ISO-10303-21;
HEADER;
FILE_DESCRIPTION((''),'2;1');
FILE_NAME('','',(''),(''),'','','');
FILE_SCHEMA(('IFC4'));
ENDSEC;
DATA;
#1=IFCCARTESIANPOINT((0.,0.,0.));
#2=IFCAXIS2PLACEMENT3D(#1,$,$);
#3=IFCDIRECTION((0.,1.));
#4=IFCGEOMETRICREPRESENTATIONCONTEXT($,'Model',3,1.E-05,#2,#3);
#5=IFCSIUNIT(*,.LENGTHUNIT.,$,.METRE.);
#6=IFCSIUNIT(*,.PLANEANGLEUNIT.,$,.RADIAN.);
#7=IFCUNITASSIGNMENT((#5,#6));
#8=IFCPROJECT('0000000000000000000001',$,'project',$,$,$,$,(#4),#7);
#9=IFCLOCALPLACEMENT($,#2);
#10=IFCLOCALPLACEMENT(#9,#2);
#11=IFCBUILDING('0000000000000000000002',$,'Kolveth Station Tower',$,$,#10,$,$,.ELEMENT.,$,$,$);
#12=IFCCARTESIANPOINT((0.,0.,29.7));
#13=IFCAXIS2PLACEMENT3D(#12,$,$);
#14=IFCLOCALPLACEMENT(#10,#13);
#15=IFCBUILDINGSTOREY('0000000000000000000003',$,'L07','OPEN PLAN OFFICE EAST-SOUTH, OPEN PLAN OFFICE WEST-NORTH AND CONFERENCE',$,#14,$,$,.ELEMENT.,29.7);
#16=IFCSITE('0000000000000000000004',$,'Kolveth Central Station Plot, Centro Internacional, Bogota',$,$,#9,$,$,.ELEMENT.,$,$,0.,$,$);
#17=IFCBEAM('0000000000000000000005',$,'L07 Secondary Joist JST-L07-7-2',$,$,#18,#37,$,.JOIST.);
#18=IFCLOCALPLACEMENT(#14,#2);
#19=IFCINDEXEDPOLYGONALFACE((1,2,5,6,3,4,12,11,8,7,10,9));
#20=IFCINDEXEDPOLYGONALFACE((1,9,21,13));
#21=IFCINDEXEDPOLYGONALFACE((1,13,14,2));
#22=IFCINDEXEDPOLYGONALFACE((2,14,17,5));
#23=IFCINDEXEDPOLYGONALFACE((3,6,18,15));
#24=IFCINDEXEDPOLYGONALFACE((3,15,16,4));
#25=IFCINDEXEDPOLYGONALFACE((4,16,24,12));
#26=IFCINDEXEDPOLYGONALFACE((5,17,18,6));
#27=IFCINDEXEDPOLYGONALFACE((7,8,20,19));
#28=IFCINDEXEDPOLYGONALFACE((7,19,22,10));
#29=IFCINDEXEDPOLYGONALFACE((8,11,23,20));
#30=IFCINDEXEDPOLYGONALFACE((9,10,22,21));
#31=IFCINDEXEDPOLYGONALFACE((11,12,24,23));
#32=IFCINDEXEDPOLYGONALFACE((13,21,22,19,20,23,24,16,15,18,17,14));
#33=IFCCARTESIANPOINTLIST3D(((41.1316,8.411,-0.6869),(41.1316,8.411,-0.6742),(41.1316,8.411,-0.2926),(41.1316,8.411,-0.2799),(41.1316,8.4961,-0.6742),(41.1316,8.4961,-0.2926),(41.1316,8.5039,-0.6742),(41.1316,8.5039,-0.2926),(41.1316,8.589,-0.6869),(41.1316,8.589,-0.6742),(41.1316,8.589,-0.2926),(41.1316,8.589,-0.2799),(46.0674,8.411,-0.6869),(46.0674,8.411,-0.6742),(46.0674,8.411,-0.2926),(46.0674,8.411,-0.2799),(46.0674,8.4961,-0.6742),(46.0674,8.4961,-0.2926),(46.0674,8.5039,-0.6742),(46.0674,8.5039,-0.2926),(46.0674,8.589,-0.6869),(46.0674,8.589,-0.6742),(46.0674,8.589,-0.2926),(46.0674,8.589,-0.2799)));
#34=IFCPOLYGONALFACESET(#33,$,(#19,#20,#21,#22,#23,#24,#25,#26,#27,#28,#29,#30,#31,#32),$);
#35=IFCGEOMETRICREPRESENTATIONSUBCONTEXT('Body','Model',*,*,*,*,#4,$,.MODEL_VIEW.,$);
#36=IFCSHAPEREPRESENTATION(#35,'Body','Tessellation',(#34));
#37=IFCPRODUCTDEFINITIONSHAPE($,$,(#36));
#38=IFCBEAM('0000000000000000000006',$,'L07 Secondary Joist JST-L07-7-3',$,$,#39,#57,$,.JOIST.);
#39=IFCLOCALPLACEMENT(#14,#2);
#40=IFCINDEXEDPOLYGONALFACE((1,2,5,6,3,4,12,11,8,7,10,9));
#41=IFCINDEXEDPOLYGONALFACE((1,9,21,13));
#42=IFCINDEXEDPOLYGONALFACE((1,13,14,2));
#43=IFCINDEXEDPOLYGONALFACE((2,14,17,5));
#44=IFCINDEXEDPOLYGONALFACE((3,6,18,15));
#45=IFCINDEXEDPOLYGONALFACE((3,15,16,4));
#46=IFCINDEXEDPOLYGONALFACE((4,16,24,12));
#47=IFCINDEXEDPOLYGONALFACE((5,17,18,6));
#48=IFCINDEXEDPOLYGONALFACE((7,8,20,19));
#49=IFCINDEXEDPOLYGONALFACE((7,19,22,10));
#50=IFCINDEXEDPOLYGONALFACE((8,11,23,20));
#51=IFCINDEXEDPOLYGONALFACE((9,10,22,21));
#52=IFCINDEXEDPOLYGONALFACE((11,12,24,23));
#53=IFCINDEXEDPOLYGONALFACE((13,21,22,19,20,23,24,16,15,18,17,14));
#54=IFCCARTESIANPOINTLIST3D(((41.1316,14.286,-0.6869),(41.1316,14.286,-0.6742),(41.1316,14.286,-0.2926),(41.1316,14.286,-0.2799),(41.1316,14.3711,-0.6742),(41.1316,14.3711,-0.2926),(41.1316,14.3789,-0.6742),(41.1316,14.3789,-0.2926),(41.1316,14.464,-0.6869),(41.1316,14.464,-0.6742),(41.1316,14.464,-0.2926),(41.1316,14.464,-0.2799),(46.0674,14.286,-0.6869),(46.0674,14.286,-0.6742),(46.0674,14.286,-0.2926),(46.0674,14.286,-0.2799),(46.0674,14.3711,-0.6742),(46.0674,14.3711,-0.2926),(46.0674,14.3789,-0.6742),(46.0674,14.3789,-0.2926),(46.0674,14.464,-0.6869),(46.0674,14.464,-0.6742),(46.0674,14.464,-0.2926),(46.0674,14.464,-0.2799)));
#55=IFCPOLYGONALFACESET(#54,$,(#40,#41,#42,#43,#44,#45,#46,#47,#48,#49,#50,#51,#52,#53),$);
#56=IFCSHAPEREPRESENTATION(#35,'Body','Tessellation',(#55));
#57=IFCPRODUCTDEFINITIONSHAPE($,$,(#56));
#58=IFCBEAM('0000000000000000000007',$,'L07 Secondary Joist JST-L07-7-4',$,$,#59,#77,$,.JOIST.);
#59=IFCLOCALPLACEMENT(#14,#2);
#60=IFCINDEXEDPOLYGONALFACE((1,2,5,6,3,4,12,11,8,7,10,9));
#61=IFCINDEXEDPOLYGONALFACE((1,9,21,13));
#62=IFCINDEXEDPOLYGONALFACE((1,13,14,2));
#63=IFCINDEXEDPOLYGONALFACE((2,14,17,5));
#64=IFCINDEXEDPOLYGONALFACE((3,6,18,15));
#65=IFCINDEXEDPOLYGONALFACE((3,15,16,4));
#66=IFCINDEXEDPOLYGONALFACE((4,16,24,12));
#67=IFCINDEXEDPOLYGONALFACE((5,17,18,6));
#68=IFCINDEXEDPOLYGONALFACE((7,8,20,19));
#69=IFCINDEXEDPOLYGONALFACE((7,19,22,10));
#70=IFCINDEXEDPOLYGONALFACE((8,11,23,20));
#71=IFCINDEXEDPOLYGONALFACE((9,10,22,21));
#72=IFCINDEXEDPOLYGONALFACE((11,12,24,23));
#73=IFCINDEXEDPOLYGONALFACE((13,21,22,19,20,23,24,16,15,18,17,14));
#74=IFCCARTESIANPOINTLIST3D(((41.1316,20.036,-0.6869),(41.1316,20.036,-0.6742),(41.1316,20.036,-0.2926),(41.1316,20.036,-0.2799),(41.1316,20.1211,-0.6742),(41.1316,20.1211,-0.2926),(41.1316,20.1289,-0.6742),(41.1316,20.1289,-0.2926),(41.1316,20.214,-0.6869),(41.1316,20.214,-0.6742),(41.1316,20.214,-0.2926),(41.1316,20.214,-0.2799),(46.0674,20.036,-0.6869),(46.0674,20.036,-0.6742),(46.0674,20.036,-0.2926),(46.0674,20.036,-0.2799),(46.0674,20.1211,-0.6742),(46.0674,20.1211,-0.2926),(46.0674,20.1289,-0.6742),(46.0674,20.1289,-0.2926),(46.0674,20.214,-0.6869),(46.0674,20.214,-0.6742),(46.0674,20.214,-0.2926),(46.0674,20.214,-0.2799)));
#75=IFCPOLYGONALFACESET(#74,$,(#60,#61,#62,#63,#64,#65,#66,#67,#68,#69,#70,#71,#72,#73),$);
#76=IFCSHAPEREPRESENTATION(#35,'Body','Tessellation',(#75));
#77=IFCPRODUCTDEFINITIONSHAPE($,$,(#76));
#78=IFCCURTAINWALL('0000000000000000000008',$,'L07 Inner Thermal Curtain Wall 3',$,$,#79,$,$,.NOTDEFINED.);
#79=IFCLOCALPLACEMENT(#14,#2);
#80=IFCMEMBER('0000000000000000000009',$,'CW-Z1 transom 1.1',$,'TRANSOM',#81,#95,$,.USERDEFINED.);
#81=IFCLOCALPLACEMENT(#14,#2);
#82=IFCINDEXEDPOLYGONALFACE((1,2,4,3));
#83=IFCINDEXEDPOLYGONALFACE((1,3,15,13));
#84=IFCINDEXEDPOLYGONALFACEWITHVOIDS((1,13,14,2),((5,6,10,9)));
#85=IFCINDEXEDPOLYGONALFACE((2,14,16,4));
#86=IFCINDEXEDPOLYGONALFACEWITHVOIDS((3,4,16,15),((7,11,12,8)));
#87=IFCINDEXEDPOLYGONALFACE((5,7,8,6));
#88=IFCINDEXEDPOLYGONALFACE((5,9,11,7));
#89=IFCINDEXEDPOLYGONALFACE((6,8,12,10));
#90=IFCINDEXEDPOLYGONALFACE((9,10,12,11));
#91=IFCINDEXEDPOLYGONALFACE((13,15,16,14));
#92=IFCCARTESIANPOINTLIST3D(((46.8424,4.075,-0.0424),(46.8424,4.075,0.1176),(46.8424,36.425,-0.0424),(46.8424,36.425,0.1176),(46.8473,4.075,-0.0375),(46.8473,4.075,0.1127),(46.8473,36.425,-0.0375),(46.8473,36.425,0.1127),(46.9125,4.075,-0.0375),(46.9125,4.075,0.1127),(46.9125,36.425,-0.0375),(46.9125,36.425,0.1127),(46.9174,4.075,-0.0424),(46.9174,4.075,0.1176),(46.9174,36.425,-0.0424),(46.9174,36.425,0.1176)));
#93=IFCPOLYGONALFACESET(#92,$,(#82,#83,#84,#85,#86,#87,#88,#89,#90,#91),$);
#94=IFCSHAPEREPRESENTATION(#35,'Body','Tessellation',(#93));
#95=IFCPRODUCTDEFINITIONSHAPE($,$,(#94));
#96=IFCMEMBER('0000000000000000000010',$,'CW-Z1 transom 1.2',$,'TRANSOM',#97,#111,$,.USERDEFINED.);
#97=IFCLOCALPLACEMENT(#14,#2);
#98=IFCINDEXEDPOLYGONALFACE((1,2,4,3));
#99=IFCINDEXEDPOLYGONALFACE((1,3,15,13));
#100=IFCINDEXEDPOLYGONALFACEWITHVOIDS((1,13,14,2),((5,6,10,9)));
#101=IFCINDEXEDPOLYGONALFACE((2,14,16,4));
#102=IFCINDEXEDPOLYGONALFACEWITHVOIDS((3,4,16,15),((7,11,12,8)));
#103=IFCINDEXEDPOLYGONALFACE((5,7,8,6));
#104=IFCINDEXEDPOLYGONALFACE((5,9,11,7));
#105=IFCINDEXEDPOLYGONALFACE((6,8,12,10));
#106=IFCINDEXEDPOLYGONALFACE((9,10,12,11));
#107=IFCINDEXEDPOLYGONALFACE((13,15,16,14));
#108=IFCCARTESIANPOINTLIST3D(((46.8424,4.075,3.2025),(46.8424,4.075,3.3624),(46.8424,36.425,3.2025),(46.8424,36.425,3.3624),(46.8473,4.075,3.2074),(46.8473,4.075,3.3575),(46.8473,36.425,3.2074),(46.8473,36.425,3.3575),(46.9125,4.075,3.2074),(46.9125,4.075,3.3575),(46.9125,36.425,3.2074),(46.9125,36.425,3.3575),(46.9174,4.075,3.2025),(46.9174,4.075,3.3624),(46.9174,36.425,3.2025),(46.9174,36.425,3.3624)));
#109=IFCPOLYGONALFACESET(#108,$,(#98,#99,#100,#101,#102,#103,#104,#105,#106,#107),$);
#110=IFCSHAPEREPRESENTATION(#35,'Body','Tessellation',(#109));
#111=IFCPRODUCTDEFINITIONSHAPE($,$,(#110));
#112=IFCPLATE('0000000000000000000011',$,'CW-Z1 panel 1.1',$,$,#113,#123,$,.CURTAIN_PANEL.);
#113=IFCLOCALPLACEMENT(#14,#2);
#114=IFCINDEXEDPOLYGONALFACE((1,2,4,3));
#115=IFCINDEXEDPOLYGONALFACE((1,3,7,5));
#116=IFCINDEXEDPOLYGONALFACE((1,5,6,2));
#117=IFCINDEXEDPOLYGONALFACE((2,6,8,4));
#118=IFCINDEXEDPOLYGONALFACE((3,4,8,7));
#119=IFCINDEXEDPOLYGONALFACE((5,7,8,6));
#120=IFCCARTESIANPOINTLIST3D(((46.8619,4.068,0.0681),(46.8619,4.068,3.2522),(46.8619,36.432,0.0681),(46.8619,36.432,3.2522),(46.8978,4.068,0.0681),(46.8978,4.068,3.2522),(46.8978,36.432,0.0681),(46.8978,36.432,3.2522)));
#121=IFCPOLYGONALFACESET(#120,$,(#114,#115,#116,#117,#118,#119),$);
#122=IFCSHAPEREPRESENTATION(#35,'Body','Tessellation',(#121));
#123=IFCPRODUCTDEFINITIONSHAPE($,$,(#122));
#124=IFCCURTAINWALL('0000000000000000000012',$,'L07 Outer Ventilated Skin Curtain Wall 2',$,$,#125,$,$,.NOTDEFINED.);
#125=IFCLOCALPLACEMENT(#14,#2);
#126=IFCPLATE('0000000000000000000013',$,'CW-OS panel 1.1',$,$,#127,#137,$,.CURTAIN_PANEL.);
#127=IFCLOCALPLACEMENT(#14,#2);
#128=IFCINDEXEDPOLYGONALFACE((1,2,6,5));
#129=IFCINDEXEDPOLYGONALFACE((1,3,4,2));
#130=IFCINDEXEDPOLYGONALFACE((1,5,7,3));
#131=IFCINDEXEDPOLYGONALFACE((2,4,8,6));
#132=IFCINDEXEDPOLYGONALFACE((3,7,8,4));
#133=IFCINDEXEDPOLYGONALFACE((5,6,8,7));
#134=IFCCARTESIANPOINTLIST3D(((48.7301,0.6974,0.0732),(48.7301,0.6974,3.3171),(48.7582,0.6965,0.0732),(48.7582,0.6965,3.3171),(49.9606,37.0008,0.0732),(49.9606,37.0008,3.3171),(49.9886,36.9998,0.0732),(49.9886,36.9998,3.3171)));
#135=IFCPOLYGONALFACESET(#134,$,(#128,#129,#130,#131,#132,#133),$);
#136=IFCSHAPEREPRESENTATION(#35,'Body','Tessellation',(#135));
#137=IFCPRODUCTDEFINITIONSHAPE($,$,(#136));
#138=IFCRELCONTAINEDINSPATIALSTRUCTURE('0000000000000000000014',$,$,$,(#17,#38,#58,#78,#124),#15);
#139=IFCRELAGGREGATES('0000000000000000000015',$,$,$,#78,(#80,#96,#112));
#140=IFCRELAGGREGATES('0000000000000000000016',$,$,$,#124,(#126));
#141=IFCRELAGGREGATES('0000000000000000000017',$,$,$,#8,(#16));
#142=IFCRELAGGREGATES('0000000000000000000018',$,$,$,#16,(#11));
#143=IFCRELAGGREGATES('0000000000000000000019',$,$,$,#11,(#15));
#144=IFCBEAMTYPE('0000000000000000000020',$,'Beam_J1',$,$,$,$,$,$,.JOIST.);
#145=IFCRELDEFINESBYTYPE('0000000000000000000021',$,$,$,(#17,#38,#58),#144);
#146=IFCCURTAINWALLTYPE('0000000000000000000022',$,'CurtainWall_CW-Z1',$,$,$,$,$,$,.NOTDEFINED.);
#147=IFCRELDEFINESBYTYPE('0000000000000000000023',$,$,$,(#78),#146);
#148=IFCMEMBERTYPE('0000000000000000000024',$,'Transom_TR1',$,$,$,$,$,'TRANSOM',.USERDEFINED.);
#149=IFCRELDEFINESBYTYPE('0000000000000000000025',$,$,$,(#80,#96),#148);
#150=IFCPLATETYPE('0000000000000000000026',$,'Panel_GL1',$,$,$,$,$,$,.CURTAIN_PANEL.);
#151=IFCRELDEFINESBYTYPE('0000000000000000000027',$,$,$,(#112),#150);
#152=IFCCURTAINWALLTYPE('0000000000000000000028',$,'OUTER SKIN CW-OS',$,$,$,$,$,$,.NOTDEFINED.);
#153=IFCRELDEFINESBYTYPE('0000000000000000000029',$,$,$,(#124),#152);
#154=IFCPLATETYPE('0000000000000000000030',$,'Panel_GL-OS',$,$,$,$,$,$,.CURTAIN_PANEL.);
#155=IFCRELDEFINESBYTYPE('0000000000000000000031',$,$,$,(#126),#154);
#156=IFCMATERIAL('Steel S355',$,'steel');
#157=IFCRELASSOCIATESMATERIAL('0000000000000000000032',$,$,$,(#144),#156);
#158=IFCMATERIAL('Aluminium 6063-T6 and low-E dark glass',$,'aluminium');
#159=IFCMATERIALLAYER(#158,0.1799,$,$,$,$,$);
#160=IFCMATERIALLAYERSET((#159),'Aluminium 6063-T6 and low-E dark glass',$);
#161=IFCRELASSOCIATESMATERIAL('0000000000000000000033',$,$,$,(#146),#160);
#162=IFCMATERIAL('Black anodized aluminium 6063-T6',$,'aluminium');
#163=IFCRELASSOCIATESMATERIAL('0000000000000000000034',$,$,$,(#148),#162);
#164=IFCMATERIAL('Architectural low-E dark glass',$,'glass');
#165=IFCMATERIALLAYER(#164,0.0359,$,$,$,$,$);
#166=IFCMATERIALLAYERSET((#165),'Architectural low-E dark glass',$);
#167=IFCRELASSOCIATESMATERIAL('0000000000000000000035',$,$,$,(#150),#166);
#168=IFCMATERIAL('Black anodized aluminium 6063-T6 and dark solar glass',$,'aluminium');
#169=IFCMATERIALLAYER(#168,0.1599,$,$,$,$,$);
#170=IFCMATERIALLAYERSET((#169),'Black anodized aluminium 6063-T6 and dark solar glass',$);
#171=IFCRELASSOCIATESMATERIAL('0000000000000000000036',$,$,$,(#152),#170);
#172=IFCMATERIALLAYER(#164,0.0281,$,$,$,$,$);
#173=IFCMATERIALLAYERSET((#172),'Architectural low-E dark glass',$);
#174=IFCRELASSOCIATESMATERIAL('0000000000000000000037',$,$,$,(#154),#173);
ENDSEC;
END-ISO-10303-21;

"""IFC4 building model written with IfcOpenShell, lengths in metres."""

from ifc_helpers import new_model, si_unit, direction, frame, origin, origin_2d, place, context, subcontext, project, spatial, rectangle, hollow_rectangle, i_section, extrude, source, transform, mapped, material, layer, layer_set, material_profile, profile_set, type_object, element, aggregate, save


model = new_model("IFC4")

# Units and contexts
model_context = context("Model", 3, precision=1e-05, world=origin(), true_north=direction((0.0, 1.0)))
body_context = subcontext(model_context, "Body", "Model", "MODEL_VIEW")
ifc_project = project(units=[si_unit("LENGTHUNIT", "METRE"), si_unit("PLANEANGLEUNIT", "RADIAN")], contexts=[model_context])

# Site, building, storey
site_placement = place(None, origin())
site = spatial("IfcSite", under=ifc_project, at=site_placement, Name="Kolveth Central Station Plot, Centro Internacional, Bogota", CompositionType="ELEMENT", RefElevation=0.0)
building_placement = place(site_placement, origin())
building = spatial("IfcBuilding", under=site, at=building_placement, Name="Kolveth Station Tower", CompositionType="ELEMENT")
storey_placement = place(building_placement, frame((0.0, 0.0, 29.7)))
storey = spatial("IfcBuildingStorey", under=building, at=storey_placement, Name="L07", Description="OPEN PLAN OFFICE EAST-SOUTH, OPEN PLAN OFFICE WEST-NORTH AND CONFERENCE", CompositionType="ELEMENT", Elevation=29.7)

# Shared definitions
ifc_material_1 = material(Name="Steel S355", Category="steel")

# Beams
ifc_material_profile_1 = material_profile(ifc_material_1, i_section(OverallWidth=0.178, OverallDepth=0.407, WebThickness=0.0078, FlangeThickness=0.0127, at=origin_2d()), Name="W410x60")
ifc_profile_set_1 = profile_set([ifc_material_profile_1], Name="Steel S355")
beam_type_1 = type_object("IfcBeamType", Name="Beam_J1", PredefinedType="JOIST", material=ifc_profile_set_1)
shared_shape_1 = source(origin(), body_context, "Body", "SweptSolid", [
    extrude(i_section(OverallWidth=0.178, OverallDepth=0.407, WebThickness=0.0078, FlangeThickness=0.0127, at=origin_2d()), origin(), (0.0, 0.0, 1.0), 4.9358),
])
for number, where, z_axis, x_axis, name in (
    (1, (41.1316, 8.5, -0.4834), (1.0, 0.0, 0.0), (0.0, 1.0, 0.0), "L07 Secondary Joist JST-L07-7-2"),
    (2, (41.1316, 14.375, -0.4834), (1.0, 0.0, 0.0), (0.0, 1.0, 0.0), "L07 Secondary Joist JST-L07-7-3"),
    (3, (41.1316, 20.125, -0.4834), (1.0, 0.0, 0.0), (0.0, 1.0, 0.0), "L07 Secondary Joist JST-L07-7-4"),
):
    element("IfcBeam", number, at=place(storey_placement, frame(where, z_axis=z_axis, x_axis=x_axis)), inside=storey, type_object=beam_type_1, Name=name, PredefinedType="JOIST", context=body_context, shape_type="MappedRepresentation", body=[
        mapped(shared_shape_1, transform((0.0, 0.0, 0.0), x_axis=(1.0, 0.0, 0.0), y_axis=(0.0, 1.0, 0.0), z_axis=(0.0, 0.0, 1.0), scale=1.0)),
    ])

# Curtain wall, members, plate
ifc_material_2 = material(Name="Aluminium 6063-T6 and low-E dark glass", Category="aluminium")
ifc_layer_1 = layer(ifc_material_2, 0.1799)
ifc_layer_set_1 = layer_set([ifc_layer_1], Name="Aluminium 6063-T6 and low-E dark glass")
curtain_wall_type_1 = type_object("IfcCurtainWallType", Name="CurtainWall_CW-Z1", PredefinedType="NOTDEFINED", material=ifc_layer_set_1)
curtain_wall_1_placement = place(storey_placement, origin())
curtain_wall_1 = element("IfcCurtainWall", 4, at=curtain_wall_1_placement, inside=storey, type_object=curtain_wall_type_1, Name="L07 Inner Thermal Curtain Wall 3", PredefinedType="NOTDEFINED")
ifc_material_3 = material(Name="Black anodized aluminium 6063-T6", Category="aluminium")
ifc_material_profile_2 = material_profile(ifc_material_3, hollow_rectangle(XDim=0.075, YDim=0.1599, WallThickness=0.0049, at=origin_2d()), Name="ALU-75x160x5")
ifc_profile_set_2 = profile_set([ifc_material_profile_2], Name="Black anodized aluminium 6063-T6")
member_type = type_object("IfcMemberType", Name="Transom_TR1", ElementType="TRANSOM", PredefinedType="USERDEFINED", material=ifc_profile_set_2)
shared_shape_2 = source(origin(), body_context, "Body", "SweptSolid", [
    extrude(hollow_rectangle(XDim=0.075, YDim=0.1599, WallThickness=0.0049, at=origin_2d()), origin(), (0.0, 0.0, 1.0), 32.3501),
])
member_1_placement = place(storey_placement, frame((46.8799, 4.075, 0.0376), z_axis=(0.0, 1.0, 0.0), x_axis=(-1.0, 0.0, 0.0)))
member_1 = element("IfcMember", 5, at=member_1_placement, type_object=member_type, Name="CW-Z1 transom 1.1", ObjectType="TRANSOM", PredefinedType="USERDEFINED", context=body_context, shape_type="MappedRepresentation", body=[
    mapped(shared_shape_2, transform((0.0, 0.0, 0.0), x_axis=(1.0, 0.0, 0.0), y_axis=(0.0, 1.0, 0.0), z_axis=(0.0, 0.0, 1.0), scale=1.0)),
])
member_2_placement = place(storey_placement, frame((46.8799, 4.075, 3.2825), z_axis=(0.0, 1.0, 0.0), x_axis=(-1.0, 0.0, 0.0)))
member_2 = element("IfcMember", 6, at=member_2_placement, type_object=member_type, Name="CW-Z1 transom 1.2", ObjectType="TRANSOM", PredefinedType="USERDEFINED", context=body_context, shape_type="MappedRepresentation", body=[
    mapped(shared_shape_2, transform((0.0, 0.0, 0.0), x_axis=(1.0, 0.0, 0.0), y_axis=(0.0, 1.0, 0.0), z_axis=(0.0, 0.0, 1.0), scale=1.0)),
])
ifc_material_4 = material(Name="Architectural low-E dark glass", Category="glass")
ifc_layer_2 = layer(ifc_material_4, 0.0359)
ifc_layer_set_2 = layer_set([ifc_layer_2], Name="Architectural low-E dark glass")
plate_type_1 = type_object("IfcPlateType", Name="Panel_GL1", PredefinedType="CURTAIN_PANEL", material=ifc_layer_set_2)
shared_shape_3 = source(origin(), body_context, "Body", "SweptSolid", [
    extrude(rectangle(XDim=32.364, YDim=0.0359, at=origin_2d()), origin(), (0.0, 0.0, 1.0), 3.1841),
])
plate_1_placement = place(storey_placement, frame((46.8799, 20.25, 0.0681), z_axis=(0.0, 0.0, 1.0), x_axis=(0.0, 1.0, 0.0)))
plate_1 = element("IfcPlate", 7, at=plate_1_placement, type_object=plate_type_1, Name="CW-Z1 panel 1.1", PredefinedType="CURTAIN_PANEL", context=body_context, shape_type="MappedRepresentation", body=[
    mapped(shared_shape_3, transform((0.0, 0.0, 0.0), x_axis=(1.0, 0.0, 0.0), y_axis=(0.0, 1.0, 0.0), z_axis=(0.0, 0.0, 1.0), scale=1.0)),
])
aggregate(curtain_wall_1, [member_1, member_2, plate_1])

# Curtain wall, plate
ifc_material_5 = material(Name="Black anodized aluminium 6063-T6 and dark solar glass", Category="aluminium")
ifc_layer_3 = layer(ifc_material_5, 0.1599)
ifc_layer_set_3 = layer_set([ifc_layer_3], Name="Black anodized aluminium 6063-T6 and dark solar glass")
curtain_wall_type_2 = type_object("IfcCurtainWallType", Name="OUTER SKIN CW-OS", PredefinedType="NOTDEFINED", material=ifc_layer_set_3)
curtain_wall_2_placement = place(storey_placement, origin())
curtain_wall_2 = element("IfcCurtainWall", 8, at=curtain_wall_2_placement, inside=storey, type_object=curtain_wall_type_2, Name="L07 Outer Ventilated Skin Curtain Wall 2", PredefinedType="NOTDEFINED")
ifc_layer_4 = layer(ifc_material_4, 0.0281)
ifc_layer_set_4 = layer_set([ifc_layer_4], Name="Architectural low-E dark glass")
plate_type_2 = type_object("IfcPlateType", Name="Panel_GL-OS", PredefinedType="CURTAIN_PANEL", material=ifc_layer_set_4)
shared_shape_4 = source(origin(), body_context, "Body", "SweptSolid", [
    extrude(rectangle(XDim=36.3242, YDim=0.0281, at=origin_2d()), origin(), (0.0, 0.0, 1.0), 3.2439),
])
plate_2_placement = place(storey_placement, frame((49.3594, 18.8486, 0.0732), z_axis=(0.0, 0.0, 1.0), x_axis=(0.033875, 0.999426, 0.0)))
plate_2 = element("IfcPlate", 9, at=plate_2_placement, type_object=plate_type_2, Name="CW-OS panel 1.1", PredefinedType="CURTAIN_PANEL", context=body_context, shape_type="MappedRepresentation", body=[
    mapped(shared_shape_4, transform((0.0, 0.0, 0.0), x_axis=(1.0, 0.0, 0.0), y_axis=(0.0, 1.0, 0.0), z_axis=(0.0, 0.0, 1.0), scale=1.0)),
])
aggregate(curtain_wall_2, [plate_2])

save(model, "model.ifc")
